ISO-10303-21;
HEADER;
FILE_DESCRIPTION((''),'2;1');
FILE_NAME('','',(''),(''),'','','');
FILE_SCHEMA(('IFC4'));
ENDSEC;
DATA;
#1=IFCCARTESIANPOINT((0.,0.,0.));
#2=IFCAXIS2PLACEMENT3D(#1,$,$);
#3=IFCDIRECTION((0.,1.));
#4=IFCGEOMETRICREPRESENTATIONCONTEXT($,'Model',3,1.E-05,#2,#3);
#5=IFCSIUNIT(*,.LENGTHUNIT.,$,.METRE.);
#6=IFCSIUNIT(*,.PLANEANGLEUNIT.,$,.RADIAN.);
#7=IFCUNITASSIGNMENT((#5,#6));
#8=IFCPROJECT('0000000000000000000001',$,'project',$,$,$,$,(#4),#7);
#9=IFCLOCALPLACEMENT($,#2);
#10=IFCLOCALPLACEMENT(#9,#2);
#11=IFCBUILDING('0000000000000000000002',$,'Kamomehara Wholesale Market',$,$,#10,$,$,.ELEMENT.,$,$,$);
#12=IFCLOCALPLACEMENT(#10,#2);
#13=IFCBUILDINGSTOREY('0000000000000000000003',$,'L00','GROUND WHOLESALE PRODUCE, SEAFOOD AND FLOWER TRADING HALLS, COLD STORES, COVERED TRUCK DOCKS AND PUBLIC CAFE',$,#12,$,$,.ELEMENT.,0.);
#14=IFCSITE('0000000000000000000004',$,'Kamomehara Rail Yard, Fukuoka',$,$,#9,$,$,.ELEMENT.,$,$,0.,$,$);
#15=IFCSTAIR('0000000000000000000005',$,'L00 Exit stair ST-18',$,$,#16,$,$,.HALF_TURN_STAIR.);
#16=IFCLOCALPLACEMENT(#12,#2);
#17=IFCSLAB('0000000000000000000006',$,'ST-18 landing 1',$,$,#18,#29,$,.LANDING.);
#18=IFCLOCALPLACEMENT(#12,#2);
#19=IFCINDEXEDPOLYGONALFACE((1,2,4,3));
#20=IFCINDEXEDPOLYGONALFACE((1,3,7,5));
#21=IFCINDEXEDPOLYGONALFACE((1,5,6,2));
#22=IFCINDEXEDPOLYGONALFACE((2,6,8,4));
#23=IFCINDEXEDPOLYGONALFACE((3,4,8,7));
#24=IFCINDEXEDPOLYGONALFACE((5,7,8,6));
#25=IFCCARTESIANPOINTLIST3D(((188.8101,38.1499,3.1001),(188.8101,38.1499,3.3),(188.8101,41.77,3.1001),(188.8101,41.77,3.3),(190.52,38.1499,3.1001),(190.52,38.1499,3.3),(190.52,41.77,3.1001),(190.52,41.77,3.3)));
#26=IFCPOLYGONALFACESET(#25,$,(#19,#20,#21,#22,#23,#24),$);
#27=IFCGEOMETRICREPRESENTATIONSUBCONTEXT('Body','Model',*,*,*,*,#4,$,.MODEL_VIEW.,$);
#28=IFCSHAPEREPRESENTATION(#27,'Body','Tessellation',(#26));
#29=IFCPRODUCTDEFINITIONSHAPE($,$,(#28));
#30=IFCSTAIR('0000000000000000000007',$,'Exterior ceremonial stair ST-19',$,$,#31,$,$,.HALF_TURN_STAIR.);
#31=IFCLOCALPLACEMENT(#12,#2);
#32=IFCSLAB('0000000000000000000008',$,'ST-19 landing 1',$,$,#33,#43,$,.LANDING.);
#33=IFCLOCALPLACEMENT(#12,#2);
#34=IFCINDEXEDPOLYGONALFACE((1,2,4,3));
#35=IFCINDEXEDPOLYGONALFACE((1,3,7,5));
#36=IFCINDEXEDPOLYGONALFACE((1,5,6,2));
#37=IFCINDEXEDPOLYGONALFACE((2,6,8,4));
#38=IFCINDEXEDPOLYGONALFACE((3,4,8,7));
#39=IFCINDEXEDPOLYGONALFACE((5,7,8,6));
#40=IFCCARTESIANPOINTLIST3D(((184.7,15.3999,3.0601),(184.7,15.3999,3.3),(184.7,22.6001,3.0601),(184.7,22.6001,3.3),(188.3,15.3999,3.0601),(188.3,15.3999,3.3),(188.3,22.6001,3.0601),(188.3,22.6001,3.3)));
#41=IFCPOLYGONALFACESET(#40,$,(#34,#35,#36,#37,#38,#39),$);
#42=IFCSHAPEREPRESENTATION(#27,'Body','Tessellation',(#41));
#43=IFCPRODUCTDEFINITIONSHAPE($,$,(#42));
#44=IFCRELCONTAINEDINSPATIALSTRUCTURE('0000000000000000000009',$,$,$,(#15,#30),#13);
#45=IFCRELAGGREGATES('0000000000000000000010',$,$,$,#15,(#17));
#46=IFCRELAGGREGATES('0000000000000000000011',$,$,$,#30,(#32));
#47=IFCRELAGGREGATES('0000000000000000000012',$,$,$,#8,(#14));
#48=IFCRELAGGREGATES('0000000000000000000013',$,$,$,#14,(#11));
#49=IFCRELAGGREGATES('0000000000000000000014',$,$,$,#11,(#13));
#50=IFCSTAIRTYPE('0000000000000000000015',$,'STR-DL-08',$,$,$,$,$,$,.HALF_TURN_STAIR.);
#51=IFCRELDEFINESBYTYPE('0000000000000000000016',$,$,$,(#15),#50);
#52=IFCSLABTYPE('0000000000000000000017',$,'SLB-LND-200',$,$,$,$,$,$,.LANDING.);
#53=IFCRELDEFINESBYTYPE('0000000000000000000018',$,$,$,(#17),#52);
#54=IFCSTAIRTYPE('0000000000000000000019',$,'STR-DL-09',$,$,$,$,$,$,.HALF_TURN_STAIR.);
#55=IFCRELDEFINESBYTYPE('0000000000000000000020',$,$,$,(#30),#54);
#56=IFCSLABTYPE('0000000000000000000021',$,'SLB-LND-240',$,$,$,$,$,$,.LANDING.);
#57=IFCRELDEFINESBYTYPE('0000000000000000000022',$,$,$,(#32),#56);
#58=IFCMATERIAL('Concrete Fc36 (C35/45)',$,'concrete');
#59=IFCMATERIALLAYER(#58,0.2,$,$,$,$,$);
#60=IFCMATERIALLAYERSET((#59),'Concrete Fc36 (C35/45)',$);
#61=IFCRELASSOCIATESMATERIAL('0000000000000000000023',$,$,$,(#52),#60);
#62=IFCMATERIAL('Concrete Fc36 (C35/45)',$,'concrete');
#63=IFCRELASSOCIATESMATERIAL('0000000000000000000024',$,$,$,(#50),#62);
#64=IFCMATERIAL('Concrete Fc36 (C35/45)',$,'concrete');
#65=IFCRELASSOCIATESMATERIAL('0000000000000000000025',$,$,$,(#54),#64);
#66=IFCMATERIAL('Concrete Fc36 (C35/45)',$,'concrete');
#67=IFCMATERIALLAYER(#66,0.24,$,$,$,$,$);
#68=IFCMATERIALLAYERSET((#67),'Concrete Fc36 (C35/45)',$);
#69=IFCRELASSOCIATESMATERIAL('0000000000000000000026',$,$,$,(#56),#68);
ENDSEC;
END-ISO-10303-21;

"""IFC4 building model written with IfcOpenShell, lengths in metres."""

from ifc_helpers import new_model, si_unit, direction, frame, origin, place, context, subcontext, project, spatial, polyline, outline, extrude, material, layer, layer_set, type_object, element, aggregate, save


model = new_model("IFC4")

# Units and contexts
model_context = context("Model", 3, precision=1e-05, world=origin(), true_north=direction((0.0, 1.0)))
body_context = subcontext(model_context, "Body", "Model", "MODEL_VIEW")
ifc_project = project(units=[si_unit("LENGTHUNIT", "METRE"), si_unit("PLANEANGLEUNIT", "RADIAN")], contexts=[model_context])

# Site, building, storey
site_placement = place(None, origin())
site = spatial("IfcSite", under=ifc_project, at=site_placement, Name="Kamomehara Rail Yard, Fukuoka", CompositionType="ELEMENT", RefElevation=0.0)
building_placement = place(site_placement, origin())
building = spatial("IfcBuilding", under=site, at=building_placement, Name="Kamomehara Wholesale Market", CompositionType="ELEMENT")
storey_placement = place(building_placement, origin())
storey = spatial("IfcBuildingStorey", under=building, at=storey_placement, Name="L00", Description="GROUND WHOLESALE PRODUCE, SEAFOOD AND FLOWER TRADING HALLS, COLD STORES, COVERED TRUCK DOCKS AND PUBLIC CAFE", CompositionType="ELEMENT", Elevation=0.0)

# Stairs, slabs
ifc_material_1 = material(Name="Concrete Fc36 (C35/45)", Category="concrete")
ifc_layer_1 = layer(ifc_material_1, 0.2)
ifc_layer_set_1 = layer_set([ifc_layer_1], Name="Concrete Fc36 (C35/45)")
slab_type_1 = type_object("IfcSlabType", Name="SLB-LND-200", PredefinedType="LANDING", material=ifc_layer_set_1)
ifc_material_2 = material(Name="Concrete Fc36 (C35/45)", Category="concrete")
stair_type_1 = type_object("IfcStairType", Name="STR-DL-08", PredefinedType="HALF_TURN_STAIR", material=ifc_material_2)
stair_1_placement = place(storey_placement, origin())
stair_1 = element("IfcStair", 1, at=stair_1_placement, inside=storey, type_object=stair_type_1, Name="L00 Exit stair ST-18", PredefinedType="HALF_TURN_STAIR")
slab_1_placement = place(storey_placement, frame((0.0, 0.0, 3.1001)))
slab_1 = element("IfcSlab", 2, at=slab_1_placement, type_object=slab_type_1, Name="ST-18 landing 1", PredefinedType="LANDING", context=body_context, shape_type="SweptSolid", body=[
    extrude(outline(polyline([(188.8101, 38.1499), (190.52, 38.1499), (190.52, 41.77), (188.8101, 41.77), (188.8101, 38.1499)])), origin(), (0.0, 0.0, 1.0), 0.2),
])
aggregate(stair_1, [slab_1])
ifc_material_3 = material(Name="Concrete Fc36 (C35/45)", Category="concrete")
stair_type_2 = type_object("IfcStairType", Name="STR-DL-09", PredefinedType="HALF_TURN_STAIR", material=ifc_material_3)
stair_2_placement = place(storey_placement, origin())
stair_2 = element("IfcStair", 3, at=stair_2_placement, inside=storey, type_object=stair_type_2, Name="Exterior ceremonial stair ST-19", PredefinedType="HALF_TURN_STAIR")
ifc_material_4 = material(Name="Concrete Fc36 (C35/45)", Category="concrete")
ifc_layer_2 = layer(ifc_material_4, 0.24)
ifc_layer_set_2 = layer_set([ifc_layer_2], Name="Concrete Fc36 (C35/45)")
slab_type_2 = type_object("IfcSlabType", Name="SLB-LND-240", PredefinedType="LANDING", material=ifc_layer_set_2)
slab_2_placement = place(storey_placement, frame((0.0, 0.0, 3.0601)))
slab_2 = element("IfcSlab", 4, at=slab_2_placement, type_object=slab_type_2, Name="ST-19 landing 1", PredefinedType="LANDING", context=body_context, shape_type="SweptSolid", body=[
    extrude(outline(polyline([(184.7, 15.3999), (188.3, 15.3999), (188.3, 22.6001), (184.7, 22.6001), (184.7, 15.3999)])), origin(), (0.0, 0.0, 1.0), 0.24),
])
aggregate(stair_2, [slab_2])

save(model, "model.ifc")
